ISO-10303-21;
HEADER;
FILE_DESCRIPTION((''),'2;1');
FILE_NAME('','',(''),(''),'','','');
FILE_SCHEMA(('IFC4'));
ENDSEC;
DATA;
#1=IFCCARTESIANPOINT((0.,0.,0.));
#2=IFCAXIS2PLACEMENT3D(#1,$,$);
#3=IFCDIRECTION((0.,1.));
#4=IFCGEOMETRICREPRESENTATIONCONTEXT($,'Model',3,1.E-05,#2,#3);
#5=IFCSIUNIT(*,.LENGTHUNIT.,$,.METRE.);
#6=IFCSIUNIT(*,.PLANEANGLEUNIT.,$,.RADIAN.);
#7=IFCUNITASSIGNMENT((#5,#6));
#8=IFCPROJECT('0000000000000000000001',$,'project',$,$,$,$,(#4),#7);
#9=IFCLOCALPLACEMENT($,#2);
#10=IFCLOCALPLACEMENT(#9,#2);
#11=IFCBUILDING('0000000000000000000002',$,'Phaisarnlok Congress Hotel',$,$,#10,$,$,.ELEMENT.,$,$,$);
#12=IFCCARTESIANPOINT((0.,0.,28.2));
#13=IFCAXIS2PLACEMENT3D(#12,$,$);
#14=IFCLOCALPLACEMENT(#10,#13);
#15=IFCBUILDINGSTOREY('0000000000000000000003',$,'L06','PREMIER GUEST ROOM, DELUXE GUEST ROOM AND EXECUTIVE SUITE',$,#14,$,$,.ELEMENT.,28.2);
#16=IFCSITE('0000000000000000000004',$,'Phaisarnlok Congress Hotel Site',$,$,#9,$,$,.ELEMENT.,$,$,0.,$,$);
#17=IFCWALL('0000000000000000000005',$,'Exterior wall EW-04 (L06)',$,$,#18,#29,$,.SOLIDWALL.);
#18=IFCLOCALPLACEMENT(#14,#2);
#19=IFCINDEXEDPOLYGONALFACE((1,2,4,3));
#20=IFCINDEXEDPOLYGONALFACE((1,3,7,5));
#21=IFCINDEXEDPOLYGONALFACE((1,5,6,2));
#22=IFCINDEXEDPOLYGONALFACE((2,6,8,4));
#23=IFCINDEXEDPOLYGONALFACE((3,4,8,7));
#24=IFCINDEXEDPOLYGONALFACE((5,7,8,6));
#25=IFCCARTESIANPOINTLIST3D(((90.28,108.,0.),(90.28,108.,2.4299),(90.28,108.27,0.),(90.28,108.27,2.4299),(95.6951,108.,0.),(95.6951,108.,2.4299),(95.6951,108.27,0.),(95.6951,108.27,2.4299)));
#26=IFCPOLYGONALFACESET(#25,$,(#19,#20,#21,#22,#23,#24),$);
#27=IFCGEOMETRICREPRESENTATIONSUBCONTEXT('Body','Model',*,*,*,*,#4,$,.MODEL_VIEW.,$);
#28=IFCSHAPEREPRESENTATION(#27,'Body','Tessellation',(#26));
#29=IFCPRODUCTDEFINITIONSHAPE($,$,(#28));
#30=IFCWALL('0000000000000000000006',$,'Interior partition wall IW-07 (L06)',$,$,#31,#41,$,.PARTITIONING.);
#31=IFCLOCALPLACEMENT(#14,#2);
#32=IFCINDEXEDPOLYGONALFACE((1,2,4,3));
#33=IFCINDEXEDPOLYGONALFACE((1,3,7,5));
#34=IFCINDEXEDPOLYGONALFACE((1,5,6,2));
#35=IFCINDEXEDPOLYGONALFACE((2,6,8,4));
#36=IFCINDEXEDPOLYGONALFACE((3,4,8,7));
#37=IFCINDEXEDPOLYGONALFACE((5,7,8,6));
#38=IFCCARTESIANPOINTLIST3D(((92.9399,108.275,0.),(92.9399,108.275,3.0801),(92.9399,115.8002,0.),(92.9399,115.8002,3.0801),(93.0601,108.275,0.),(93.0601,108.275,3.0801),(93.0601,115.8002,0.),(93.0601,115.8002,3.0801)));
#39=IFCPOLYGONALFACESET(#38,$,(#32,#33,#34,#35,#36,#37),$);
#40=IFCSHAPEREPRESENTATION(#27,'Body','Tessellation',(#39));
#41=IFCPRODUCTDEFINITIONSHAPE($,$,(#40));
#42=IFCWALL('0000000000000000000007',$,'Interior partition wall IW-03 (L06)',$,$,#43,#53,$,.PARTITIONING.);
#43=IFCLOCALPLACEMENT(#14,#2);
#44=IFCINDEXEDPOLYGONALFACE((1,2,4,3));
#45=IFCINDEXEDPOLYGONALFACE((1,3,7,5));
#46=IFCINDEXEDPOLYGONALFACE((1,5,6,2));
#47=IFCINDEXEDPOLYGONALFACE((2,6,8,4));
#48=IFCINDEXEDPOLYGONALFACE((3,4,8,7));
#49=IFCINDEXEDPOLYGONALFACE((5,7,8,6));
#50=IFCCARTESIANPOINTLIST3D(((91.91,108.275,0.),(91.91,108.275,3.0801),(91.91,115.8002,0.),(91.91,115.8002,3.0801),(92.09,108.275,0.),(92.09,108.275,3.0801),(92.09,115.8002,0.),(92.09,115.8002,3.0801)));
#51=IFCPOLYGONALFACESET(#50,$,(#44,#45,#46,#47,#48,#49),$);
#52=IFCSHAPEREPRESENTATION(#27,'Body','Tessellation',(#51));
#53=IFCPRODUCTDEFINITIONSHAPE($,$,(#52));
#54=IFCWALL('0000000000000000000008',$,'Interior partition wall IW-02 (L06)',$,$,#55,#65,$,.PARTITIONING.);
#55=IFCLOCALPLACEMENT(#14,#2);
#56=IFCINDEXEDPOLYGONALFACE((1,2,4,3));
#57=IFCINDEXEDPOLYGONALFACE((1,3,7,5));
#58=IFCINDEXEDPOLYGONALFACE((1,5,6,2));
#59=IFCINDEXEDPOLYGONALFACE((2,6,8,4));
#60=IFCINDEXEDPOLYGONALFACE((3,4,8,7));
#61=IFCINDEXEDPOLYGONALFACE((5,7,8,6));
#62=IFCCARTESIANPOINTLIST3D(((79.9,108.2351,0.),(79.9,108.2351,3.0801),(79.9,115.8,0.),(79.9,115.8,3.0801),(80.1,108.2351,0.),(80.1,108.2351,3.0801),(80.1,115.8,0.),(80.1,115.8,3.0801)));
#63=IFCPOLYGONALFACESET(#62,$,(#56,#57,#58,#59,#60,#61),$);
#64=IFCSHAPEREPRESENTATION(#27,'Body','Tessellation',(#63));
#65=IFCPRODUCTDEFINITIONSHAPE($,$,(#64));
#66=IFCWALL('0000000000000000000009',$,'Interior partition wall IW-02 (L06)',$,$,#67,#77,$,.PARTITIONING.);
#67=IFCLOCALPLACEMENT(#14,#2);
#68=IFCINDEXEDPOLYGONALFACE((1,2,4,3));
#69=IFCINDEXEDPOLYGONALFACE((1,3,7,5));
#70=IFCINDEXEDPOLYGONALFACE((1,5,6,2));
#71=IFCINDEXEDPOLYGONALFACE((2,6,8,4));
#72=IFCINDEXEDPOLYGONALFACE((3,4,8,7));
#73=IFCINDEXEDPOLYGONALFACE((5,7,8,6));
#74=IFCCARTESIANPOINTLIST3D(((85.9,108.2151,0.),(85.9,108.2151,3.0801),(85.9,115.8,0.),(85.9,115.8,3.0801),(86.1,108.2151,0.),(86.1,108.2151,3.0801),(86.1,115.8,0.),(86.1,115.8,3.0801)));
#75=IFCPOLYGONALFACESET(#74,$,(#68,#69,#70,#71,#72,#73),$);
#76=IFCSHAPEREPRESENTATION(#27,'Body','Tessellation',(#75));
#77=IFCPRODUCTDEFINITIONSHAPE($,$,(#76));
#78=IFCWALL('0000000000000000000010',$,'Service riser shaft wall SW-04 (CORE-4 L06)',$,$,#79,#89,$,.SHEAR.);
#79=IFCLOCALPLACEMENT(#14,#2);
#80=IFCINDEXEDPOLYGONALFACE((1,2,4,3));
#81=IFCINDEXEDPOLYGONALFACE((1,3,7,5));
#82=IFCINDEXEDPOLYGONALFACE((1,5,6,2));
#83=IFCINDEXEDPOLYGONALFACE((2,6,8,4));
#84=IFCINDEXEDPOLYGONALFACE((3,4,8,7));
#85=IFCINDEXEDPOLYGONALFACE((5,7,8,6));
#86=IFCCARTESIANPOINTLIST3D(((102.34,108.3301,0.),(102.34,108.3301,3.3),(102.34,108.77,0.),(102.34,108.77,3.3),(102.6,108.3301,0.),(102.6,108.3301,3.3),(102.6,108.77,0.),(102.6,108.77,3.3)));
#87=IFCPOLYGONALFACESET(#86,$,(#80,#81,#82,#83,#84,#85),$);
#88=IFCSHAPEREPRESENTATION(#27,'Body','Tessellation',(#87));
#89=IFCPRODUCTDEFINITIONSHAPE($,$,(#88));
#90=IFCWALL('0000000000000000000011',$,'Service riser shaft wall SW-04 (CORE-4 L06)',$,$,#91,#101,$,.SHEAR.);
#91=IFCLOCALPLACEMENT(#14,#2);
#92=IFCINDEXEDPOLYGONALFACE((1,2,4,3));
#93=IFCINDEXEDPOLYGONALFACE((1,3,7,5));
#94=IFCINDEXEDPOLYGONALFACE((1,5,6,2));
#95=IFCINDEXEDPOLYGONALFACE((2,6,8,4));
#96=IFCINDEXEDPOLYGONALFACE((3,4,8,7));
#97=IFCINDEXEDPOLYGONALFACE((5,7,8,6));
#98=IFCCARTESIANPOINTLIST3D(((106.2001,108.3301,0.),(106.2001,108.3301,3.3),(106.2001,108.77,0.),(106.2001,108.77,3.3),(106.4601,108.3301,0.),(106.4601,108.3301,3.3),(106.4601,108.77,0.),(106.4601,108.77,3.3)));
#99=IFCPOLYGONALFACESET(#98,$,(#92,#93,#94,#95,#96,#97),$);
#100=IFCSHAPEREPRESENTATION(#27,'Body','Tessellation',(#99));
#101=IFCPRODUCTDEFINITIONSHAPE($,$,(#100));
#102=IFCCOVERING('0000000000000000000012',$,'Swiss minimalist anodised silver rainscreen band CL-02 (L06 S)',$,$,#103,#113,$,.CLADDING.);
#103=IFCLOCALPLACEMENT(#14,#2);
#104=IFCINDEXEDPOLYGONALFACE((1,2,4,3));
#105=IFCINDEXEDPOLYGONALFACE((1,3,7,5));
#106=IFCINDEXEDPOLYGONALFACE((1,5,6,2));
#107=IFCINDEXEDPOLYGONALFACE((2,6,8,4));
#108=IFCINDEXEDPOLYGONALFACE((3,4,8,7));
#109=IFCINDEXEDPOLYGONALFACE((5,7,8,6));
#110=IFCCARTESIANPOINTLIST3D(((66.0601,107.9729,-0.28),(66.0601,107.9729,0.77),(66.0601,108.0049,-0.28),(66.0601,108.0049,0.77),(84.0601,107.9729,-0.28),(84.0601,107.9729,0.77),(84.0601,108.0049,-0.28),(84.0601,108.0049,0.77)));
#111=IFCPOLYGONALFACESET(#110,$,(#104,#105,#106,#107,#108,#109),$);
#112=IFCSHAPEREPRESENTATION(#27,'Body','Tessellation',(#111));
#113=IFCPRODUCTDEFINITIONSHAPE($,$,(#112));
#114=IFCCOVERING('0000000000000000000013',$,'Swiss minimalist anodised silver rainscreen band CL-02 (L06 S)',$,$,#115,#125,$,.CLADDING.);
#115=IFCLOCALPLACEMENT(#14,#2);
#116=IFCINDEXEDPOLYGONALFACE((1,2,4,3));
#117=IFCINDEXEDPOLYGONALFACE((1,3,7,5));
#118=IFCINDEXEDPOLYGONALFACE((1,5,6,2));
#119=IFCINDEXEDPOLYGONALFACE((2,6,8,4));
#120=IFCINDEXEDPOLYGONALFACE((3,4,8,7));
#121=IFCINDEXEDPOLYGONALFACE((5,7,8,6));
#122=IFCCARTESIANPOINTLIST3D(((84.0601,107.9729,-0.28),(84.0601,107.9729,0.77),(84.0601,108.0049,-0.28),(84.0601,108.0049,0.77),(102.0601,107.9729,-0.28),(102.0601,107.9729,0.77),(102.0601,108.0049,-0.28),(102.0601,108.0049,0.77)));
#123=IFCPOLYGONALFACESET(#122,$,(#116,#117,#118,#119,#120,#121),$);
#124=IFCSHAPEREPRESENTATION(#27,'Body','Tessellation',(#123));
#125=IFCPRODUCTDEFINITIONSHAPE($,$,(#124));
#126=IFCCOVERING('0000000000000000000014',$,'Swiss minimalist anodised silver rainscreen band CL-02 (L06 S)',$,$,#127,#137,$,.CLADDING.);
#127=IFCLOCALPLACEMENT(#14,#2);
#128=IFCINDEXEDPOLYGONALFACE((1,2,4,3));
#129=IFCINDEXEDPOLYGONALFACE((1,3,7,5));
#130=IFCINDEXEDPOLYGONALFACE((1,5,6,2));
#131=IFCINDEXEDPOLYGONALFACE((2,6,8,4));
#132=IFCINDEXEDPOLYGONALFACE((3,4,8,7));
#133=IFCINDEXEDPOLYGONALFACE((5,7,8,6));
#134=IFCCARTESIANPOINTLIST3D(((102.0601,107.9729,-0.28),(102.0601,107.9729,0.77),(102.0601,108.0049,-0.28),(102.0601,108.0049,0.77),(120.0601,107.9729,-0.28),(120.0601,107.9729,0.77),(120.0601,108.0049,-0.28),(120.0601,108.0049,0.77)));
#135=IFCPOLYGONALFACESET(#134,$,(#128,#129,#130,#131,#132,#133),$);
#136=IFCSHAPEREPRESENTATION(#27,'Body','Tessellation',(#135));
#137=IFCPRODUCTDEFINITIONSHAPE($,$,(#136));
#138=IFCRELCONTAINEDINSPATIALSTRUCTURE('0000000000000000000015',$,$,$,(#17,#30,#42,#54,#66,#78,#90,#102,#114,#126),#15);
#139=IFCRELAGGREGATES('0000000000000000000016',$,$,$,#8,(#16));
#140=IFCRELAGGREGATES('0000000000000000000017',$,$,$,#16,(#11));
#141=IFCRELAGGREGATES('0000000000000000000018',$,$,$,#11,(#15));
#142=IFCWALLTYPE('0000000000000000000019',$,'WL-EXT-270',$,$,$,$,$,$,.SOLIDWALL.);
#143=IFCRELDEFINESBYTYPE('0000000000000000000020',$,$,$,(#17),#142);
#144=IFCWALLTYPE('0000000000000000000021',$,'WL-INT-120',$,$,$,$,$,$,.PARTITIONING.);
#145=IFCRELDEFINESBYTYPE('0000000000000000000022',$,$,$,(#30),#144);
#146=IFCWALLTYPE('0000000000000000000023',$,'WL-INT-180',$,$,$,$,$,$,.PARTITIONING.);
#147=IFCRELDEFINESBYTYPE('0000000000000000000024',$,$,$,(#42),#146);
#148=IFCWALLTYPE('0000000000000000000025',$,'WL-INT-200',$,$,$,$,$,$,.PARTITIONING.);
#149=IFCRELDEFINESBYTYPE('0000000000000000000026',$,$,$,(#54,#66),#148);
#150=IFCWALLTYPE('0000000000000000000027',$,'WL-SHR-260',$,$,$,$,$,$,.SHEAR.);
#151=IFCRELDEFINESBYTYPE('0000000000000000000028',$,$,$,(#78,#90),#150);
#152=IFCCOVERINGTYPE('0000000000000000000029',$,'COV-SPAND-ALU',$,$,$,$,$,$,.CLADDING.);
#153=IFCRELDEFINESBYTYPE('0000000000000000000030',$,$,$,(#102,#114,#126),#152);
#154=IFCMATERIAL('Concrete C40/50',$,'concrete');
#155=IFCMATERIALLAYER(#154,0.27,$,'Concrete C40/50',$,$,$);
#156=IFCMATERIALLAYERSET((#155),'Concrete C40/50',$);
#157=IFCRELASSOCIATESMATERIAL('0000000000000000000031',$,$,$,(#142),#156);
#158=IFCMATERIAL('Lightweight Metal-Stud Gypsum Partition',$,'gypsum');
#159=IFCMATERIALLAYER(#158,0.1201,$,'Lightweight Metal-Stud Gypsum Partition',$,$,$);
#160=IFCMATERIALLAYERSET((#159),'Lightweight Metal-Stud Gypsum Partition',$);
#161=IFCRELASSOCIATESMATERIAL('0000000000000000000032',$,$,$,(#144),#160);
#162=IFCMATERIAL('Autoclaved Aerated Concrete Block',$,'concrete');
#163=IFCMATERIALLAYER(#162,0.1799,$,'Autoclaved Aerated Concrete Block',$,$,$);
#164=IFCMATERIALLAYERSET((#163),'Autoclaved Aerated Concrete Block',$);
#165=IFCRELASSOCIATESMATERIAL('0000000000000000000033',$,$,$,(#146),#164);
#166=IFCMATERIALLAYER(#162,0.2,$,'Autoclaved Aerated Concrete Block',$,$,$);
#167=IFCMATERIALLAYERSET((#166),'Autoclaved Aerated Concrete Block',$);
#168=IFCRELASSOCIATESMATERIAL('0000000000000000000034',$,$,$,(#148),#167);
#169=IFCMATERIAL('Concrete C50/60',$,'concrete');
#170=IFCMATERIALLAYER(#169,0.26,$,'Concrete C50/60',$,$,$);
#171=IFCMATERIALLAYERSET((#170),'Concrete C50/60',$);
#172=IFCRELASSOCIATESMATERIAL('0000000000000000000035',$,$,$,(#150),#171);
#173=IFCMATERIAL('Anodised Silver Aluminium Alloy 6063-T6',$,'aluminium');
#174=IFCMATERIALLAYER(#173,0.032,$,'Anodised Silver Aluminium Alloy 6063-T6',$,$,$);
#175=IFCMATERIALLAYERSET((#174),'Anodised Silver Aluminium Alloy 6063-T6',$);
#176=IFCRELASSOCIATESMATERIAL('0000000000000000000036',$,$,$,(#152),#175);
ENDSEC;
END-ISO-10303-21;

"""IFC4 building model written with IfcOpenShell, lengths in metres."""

from ifc_helpers import new_model, si_unit, direction, frame, frame_2d, origin, place, context, subcontext, project, spatial, polyline, rectangle, outline, extrude, material, layer, layer_set, type_object, element, save


model = new_model("IFC4")

# Units and contexts
model_context = context("Model", 3, precision=1e-05, world=origin(), true_north=direction((0.0, 1.0)))
body_context = subcontext(model_context, "Body", "Model", "MODEL_VIEW")
ifc_project = project(units=[si_unit("LENGTHUNIT", "METRE"), si_unit("PLANEANGLEUNIT", "RADIAN")], contexts=[model_context])

# Site, building, storey
site_placement = place(None, origin())
site = spatial("IfcSite", under=ifc_project, at=site_placement, Name="Phaisarnlok Congress Hotel Site", CompositionType="ELEMENT", RefElevation=0.0)
building_placement = place(site_placement, origin())
building = spatial("IfcBuilding", under=site, at=building_placement, Name="Phaisarnlok Congress Hotel", CompositionType="ELEMENT")
storey_placement = place(building_placement, frame((0.0, 0.0, 28.2)))
storey = spatial("IfcBuildingStorey", under=building, at=storey_placement, Name="L06", Description="PREMIER GUEST ROOM, DELUXE GUEST ROOM AND EXECUTIVE SUITE", CompositionType="ELEMENT", Elevation=28.2)

# Shared definitions
ifc_material_1 = material(Name="Concrete C40/50", Category="concrete")

# Walls
ifc_layer_1 = layer(ifc_material_1, 0.27, Name="Concrete C40/50")
ifc_layer_set_1 = layer_set([ifc_layer_1], Name="Concrete C40/50")
wall_type_1 = type_object("IfcWallType", Name="WL-EXT-270", PredefinedType="SOLIDWALL", material=ifc_layer_set_1)
for number, where, z_axis, x_axis, name in (
    (1, (90.28, 108.135, 0.0), (0.0, 0.0, 1.0), (1.0, 0.0, 0.0), "Exterior wall EW-04 (L06)"),
):
    element("IfcWall", number, at=place(storey_placement, frame(where, z_axis=z_axis, x_axis=x_axis)), inside=storey, type_object=wall_type_1, Name=name, PredefinedType="SOLIDWALL", context=body_context, shape_type="SweptSolid", body=[
        extrude(rectangle(XDim=5.415, YDim=0.27, at=frame_2d((2.7075, 0.0))), origin(), (0.0, 0.0, 1.0), 2.4299),
    ])
ifc_material_2 = material(Name="Lightweight Metal-Stud Gypsum Partition", Category="gypsum")
ifc_layer_2 = layer(ifc_material_2, 0.1201, Name="Lightweight Metal-Stud Gypsum Partition")
ifc_layer_set_2 = layer_set([ifc_layer_2], Name="Lightweight Metal-Stud Gypsum Partition")
wall_type_2 = type_object("IfcWallType", Name="WL-INT-120", PredefinedType="PARTITIONING", material=ifc_layer_set_2)
wall_1_placement = place(storey_placement, frame((93.0, 108.2749, 0.0), z_axis=(0.0, 0.0, 1.0), x_axis=(0.0, 1.0, 0.0)))
element("IfcWall", 2, at=wall_1_placement, inside=storey, type_object=wall_type_2, Name="Interior partition wall IW-07 (L06)", PredefinedType="PARTITIONING", context=body_context, shape_type="SweptSolid", body=[
    extrude(rectangle(XDim=7.5251, YDim=0.1201, at=frame_2d((3.7627, 0.0))), origin(), (0.0, 0.0, 1.0), 3.0801),
])
ifc_material_3 = material(Name="Autoclaved Aerated Concrete Block", Category="concrete")
ifc_layer_3 = layer(ifc_material_3, 0.1799, Name="Autoclaved Aerated Concrete Block")
ifc_layer_set_3 = layer_set([ifc_layer_3], Name="Autoclaved Aerated Concrete Block")
wall_type_3 = type_object("IfcWallType", Name="WL-INT-180", PredefinedType="PARTITIONING", material=ifc_layer_set_3)
wall_2_placement = place(storey_placement, frame((92.0, 108.2749, 0.0), z_axis=(0.0, 0.0, 1.0), x_axis=(0.0, 1.0, 0.0)))
element("IfcWall", 3, at=wall_2_placement, inside=storey, type_object=wall_type_3, Name="Interior partition wall IW-03 (L06)", PredefinedType="PARTITIONING", context=body_context, shape_type="SweptSolid", body=[
    extrude(rectangle(XDim=7.5251, YDim=0.1799, at=frame_2d((3.7627, 0.0))), origin(), (0.0, 0.0, 1.0), 3.0801),
])
ifc_layer_4 = layer(ifc_material_3, 0.2, Name="Autoclaved Aerated Concrete Block")
ifc_layer_set_4 = layer_set([ifc_layer_4], Name="Autoclaved Aerated Concrete Block")
wall_type_4 = type_object("IfcWallType", Name="WL-INT-200", PredefinedType="PARTITIONING", material=ifc_layer_set_4)
wall_3_placement = place(storey_placement, frame((80.0, 108.2351, 0.0), z_axis=(0.0, 0.0, 1.0), x_axis=(0.0, 1.0, 0.0)))
element("IfcWall", 4, at=wall_3_placement, inside=storey, type_object=wall_type_4, Name="Interior partition wall IW-02 (L06)", PredefinedType="PARTITIONING", context=body_context, shape_type="SweptSolid", body=[
    extrude(rectangle(XDim=7.5649, YDim=0.2, at=frame_2d((3.7825, 0.0))), origin(), (0.0, 0.0, 1.0), 3.0801),
])
wall_4_placement = place(storey_placement, frame((86.0, 108.2151, 0.0), z_axis=(0.0, 0.0, 1.0), x_axis=(0.0, 1.0, 0.0)))
element("IfcWall", 5, at=wall_4_placement, inside=storey, type_object=wall_type_4, Name="Interior partition wall IW-02 (L06)", PredefinedType="PARTITIONING", context=body_context, shape_type="SweptSolid", body=[
    extrude(rectangle(XDim=7.585, YDim=0.2, at=frame_2d((3.7925, 0.0))), origin(), (0.0, 0.0, 1.0), 3.0801),
])
ifc_material_4 = material(Name="Concrete C50/60", Category="concrete")
ifc_layer_5 = layer(ifc_material_4, 0.26, Name="Concrete C50/60")
ifc_layer_set_5 = layer_set([ifc_layer_5], Name="Concrete C50/60")
wall_type_5 = type_object("IfcWallType", Name="WL-SHR-260", PredefinedType="SHEAR", material=ifc_layer_set_5)
for number, where, z_axis, x_axis, name in (
    (6, (102.47, 108.3301, 0.0), (0.0, 0.0, 1.0), (0.0, 1.0, 0.0), "Service riser shaft wall SW-04 (CORE-4 L06)"),
    (7, (106.3301, 108.3301, 0.0), (0.0, 0.0, 1.0), (0.0, 1.0, 0.0), "Service riser shaft wall SW-04 (CORE-4 L06)"),
):
    element("IfcWall", number, at=place(storey_placement, frame(where, z_axis=z_axis, x_axis=x_axis)), inside=storey, type_object=wall_type_5, Name=name, PredefinedType="SHEAR", context=body_context, shape_type="SweptSolid", body=[
        extrude(rectangle(XDim=0.4399, YDim=0.26, at=frame_2d((0.22, 0.0))), origin(), (0.0, 0.0, 1.0), 3.3),
    ])

# Coverings
ifc_material_5 = material(Name="Anodised Silver Aluminium Alloy 6063-T6", Category="aluminium")
ifc_layer_6 = layer(ifc_material_5, 0.032, Name="Anodised Silver Aluminium Alloy 6063-T6")
ifc_layer_set_6 = layer_set([ifc_layer_6], Name="Anodised Silver Aluminium Alloy 6063-T6")
covering_type = type_object("IfcCoveringType", Name="COV-SPAND-ALU", PredefinedType="CLADDING", material=ifc_layer_set_6)
for number, where, z_axis, x_axis, name in (
    (8, (66.0601, 108.0049, -0.28), (0.0, -1.0, 0.0), (1.0, 0.0, 0.0), "Swiss minimalist anodised silver rainscreen band CL-02 (L06 S)"),
    (9, (84.0601, 108.0049, -0.28), (0.0, -1.0, 0.0), (1.0, 0.0, 0.0), "Swiss minimalist anodised silver rainscreen band CL-02 (L06 S)"),
    (10, (102.0601, 108.0049, -0.28), (0.0, -1.0, 0.0), (1.0, 0.0, 0.0), "Swiss minimalist anodised silver rainscreen band CL-02 (L06 S)"),
):
    element("IfcCovering", number, at=place(storey_placement, frame(where, z_axis=z_axis, x_axis=x_axis)), inside=storey, type_object=covering_type, Name=name, PredefinedType="CLADDING", context=body_context, shape_type="SweptSolid", body=[
        extrude(outline(polyline([(0.0, 0.0), (18.0, 0.0), (18.0, 1.05), (0.0, 1.05), (0.0, 0.0)])), origin(), (0.0, 0.0, 1.0), 0.032),
    ])

save(model, "model.ifc")
